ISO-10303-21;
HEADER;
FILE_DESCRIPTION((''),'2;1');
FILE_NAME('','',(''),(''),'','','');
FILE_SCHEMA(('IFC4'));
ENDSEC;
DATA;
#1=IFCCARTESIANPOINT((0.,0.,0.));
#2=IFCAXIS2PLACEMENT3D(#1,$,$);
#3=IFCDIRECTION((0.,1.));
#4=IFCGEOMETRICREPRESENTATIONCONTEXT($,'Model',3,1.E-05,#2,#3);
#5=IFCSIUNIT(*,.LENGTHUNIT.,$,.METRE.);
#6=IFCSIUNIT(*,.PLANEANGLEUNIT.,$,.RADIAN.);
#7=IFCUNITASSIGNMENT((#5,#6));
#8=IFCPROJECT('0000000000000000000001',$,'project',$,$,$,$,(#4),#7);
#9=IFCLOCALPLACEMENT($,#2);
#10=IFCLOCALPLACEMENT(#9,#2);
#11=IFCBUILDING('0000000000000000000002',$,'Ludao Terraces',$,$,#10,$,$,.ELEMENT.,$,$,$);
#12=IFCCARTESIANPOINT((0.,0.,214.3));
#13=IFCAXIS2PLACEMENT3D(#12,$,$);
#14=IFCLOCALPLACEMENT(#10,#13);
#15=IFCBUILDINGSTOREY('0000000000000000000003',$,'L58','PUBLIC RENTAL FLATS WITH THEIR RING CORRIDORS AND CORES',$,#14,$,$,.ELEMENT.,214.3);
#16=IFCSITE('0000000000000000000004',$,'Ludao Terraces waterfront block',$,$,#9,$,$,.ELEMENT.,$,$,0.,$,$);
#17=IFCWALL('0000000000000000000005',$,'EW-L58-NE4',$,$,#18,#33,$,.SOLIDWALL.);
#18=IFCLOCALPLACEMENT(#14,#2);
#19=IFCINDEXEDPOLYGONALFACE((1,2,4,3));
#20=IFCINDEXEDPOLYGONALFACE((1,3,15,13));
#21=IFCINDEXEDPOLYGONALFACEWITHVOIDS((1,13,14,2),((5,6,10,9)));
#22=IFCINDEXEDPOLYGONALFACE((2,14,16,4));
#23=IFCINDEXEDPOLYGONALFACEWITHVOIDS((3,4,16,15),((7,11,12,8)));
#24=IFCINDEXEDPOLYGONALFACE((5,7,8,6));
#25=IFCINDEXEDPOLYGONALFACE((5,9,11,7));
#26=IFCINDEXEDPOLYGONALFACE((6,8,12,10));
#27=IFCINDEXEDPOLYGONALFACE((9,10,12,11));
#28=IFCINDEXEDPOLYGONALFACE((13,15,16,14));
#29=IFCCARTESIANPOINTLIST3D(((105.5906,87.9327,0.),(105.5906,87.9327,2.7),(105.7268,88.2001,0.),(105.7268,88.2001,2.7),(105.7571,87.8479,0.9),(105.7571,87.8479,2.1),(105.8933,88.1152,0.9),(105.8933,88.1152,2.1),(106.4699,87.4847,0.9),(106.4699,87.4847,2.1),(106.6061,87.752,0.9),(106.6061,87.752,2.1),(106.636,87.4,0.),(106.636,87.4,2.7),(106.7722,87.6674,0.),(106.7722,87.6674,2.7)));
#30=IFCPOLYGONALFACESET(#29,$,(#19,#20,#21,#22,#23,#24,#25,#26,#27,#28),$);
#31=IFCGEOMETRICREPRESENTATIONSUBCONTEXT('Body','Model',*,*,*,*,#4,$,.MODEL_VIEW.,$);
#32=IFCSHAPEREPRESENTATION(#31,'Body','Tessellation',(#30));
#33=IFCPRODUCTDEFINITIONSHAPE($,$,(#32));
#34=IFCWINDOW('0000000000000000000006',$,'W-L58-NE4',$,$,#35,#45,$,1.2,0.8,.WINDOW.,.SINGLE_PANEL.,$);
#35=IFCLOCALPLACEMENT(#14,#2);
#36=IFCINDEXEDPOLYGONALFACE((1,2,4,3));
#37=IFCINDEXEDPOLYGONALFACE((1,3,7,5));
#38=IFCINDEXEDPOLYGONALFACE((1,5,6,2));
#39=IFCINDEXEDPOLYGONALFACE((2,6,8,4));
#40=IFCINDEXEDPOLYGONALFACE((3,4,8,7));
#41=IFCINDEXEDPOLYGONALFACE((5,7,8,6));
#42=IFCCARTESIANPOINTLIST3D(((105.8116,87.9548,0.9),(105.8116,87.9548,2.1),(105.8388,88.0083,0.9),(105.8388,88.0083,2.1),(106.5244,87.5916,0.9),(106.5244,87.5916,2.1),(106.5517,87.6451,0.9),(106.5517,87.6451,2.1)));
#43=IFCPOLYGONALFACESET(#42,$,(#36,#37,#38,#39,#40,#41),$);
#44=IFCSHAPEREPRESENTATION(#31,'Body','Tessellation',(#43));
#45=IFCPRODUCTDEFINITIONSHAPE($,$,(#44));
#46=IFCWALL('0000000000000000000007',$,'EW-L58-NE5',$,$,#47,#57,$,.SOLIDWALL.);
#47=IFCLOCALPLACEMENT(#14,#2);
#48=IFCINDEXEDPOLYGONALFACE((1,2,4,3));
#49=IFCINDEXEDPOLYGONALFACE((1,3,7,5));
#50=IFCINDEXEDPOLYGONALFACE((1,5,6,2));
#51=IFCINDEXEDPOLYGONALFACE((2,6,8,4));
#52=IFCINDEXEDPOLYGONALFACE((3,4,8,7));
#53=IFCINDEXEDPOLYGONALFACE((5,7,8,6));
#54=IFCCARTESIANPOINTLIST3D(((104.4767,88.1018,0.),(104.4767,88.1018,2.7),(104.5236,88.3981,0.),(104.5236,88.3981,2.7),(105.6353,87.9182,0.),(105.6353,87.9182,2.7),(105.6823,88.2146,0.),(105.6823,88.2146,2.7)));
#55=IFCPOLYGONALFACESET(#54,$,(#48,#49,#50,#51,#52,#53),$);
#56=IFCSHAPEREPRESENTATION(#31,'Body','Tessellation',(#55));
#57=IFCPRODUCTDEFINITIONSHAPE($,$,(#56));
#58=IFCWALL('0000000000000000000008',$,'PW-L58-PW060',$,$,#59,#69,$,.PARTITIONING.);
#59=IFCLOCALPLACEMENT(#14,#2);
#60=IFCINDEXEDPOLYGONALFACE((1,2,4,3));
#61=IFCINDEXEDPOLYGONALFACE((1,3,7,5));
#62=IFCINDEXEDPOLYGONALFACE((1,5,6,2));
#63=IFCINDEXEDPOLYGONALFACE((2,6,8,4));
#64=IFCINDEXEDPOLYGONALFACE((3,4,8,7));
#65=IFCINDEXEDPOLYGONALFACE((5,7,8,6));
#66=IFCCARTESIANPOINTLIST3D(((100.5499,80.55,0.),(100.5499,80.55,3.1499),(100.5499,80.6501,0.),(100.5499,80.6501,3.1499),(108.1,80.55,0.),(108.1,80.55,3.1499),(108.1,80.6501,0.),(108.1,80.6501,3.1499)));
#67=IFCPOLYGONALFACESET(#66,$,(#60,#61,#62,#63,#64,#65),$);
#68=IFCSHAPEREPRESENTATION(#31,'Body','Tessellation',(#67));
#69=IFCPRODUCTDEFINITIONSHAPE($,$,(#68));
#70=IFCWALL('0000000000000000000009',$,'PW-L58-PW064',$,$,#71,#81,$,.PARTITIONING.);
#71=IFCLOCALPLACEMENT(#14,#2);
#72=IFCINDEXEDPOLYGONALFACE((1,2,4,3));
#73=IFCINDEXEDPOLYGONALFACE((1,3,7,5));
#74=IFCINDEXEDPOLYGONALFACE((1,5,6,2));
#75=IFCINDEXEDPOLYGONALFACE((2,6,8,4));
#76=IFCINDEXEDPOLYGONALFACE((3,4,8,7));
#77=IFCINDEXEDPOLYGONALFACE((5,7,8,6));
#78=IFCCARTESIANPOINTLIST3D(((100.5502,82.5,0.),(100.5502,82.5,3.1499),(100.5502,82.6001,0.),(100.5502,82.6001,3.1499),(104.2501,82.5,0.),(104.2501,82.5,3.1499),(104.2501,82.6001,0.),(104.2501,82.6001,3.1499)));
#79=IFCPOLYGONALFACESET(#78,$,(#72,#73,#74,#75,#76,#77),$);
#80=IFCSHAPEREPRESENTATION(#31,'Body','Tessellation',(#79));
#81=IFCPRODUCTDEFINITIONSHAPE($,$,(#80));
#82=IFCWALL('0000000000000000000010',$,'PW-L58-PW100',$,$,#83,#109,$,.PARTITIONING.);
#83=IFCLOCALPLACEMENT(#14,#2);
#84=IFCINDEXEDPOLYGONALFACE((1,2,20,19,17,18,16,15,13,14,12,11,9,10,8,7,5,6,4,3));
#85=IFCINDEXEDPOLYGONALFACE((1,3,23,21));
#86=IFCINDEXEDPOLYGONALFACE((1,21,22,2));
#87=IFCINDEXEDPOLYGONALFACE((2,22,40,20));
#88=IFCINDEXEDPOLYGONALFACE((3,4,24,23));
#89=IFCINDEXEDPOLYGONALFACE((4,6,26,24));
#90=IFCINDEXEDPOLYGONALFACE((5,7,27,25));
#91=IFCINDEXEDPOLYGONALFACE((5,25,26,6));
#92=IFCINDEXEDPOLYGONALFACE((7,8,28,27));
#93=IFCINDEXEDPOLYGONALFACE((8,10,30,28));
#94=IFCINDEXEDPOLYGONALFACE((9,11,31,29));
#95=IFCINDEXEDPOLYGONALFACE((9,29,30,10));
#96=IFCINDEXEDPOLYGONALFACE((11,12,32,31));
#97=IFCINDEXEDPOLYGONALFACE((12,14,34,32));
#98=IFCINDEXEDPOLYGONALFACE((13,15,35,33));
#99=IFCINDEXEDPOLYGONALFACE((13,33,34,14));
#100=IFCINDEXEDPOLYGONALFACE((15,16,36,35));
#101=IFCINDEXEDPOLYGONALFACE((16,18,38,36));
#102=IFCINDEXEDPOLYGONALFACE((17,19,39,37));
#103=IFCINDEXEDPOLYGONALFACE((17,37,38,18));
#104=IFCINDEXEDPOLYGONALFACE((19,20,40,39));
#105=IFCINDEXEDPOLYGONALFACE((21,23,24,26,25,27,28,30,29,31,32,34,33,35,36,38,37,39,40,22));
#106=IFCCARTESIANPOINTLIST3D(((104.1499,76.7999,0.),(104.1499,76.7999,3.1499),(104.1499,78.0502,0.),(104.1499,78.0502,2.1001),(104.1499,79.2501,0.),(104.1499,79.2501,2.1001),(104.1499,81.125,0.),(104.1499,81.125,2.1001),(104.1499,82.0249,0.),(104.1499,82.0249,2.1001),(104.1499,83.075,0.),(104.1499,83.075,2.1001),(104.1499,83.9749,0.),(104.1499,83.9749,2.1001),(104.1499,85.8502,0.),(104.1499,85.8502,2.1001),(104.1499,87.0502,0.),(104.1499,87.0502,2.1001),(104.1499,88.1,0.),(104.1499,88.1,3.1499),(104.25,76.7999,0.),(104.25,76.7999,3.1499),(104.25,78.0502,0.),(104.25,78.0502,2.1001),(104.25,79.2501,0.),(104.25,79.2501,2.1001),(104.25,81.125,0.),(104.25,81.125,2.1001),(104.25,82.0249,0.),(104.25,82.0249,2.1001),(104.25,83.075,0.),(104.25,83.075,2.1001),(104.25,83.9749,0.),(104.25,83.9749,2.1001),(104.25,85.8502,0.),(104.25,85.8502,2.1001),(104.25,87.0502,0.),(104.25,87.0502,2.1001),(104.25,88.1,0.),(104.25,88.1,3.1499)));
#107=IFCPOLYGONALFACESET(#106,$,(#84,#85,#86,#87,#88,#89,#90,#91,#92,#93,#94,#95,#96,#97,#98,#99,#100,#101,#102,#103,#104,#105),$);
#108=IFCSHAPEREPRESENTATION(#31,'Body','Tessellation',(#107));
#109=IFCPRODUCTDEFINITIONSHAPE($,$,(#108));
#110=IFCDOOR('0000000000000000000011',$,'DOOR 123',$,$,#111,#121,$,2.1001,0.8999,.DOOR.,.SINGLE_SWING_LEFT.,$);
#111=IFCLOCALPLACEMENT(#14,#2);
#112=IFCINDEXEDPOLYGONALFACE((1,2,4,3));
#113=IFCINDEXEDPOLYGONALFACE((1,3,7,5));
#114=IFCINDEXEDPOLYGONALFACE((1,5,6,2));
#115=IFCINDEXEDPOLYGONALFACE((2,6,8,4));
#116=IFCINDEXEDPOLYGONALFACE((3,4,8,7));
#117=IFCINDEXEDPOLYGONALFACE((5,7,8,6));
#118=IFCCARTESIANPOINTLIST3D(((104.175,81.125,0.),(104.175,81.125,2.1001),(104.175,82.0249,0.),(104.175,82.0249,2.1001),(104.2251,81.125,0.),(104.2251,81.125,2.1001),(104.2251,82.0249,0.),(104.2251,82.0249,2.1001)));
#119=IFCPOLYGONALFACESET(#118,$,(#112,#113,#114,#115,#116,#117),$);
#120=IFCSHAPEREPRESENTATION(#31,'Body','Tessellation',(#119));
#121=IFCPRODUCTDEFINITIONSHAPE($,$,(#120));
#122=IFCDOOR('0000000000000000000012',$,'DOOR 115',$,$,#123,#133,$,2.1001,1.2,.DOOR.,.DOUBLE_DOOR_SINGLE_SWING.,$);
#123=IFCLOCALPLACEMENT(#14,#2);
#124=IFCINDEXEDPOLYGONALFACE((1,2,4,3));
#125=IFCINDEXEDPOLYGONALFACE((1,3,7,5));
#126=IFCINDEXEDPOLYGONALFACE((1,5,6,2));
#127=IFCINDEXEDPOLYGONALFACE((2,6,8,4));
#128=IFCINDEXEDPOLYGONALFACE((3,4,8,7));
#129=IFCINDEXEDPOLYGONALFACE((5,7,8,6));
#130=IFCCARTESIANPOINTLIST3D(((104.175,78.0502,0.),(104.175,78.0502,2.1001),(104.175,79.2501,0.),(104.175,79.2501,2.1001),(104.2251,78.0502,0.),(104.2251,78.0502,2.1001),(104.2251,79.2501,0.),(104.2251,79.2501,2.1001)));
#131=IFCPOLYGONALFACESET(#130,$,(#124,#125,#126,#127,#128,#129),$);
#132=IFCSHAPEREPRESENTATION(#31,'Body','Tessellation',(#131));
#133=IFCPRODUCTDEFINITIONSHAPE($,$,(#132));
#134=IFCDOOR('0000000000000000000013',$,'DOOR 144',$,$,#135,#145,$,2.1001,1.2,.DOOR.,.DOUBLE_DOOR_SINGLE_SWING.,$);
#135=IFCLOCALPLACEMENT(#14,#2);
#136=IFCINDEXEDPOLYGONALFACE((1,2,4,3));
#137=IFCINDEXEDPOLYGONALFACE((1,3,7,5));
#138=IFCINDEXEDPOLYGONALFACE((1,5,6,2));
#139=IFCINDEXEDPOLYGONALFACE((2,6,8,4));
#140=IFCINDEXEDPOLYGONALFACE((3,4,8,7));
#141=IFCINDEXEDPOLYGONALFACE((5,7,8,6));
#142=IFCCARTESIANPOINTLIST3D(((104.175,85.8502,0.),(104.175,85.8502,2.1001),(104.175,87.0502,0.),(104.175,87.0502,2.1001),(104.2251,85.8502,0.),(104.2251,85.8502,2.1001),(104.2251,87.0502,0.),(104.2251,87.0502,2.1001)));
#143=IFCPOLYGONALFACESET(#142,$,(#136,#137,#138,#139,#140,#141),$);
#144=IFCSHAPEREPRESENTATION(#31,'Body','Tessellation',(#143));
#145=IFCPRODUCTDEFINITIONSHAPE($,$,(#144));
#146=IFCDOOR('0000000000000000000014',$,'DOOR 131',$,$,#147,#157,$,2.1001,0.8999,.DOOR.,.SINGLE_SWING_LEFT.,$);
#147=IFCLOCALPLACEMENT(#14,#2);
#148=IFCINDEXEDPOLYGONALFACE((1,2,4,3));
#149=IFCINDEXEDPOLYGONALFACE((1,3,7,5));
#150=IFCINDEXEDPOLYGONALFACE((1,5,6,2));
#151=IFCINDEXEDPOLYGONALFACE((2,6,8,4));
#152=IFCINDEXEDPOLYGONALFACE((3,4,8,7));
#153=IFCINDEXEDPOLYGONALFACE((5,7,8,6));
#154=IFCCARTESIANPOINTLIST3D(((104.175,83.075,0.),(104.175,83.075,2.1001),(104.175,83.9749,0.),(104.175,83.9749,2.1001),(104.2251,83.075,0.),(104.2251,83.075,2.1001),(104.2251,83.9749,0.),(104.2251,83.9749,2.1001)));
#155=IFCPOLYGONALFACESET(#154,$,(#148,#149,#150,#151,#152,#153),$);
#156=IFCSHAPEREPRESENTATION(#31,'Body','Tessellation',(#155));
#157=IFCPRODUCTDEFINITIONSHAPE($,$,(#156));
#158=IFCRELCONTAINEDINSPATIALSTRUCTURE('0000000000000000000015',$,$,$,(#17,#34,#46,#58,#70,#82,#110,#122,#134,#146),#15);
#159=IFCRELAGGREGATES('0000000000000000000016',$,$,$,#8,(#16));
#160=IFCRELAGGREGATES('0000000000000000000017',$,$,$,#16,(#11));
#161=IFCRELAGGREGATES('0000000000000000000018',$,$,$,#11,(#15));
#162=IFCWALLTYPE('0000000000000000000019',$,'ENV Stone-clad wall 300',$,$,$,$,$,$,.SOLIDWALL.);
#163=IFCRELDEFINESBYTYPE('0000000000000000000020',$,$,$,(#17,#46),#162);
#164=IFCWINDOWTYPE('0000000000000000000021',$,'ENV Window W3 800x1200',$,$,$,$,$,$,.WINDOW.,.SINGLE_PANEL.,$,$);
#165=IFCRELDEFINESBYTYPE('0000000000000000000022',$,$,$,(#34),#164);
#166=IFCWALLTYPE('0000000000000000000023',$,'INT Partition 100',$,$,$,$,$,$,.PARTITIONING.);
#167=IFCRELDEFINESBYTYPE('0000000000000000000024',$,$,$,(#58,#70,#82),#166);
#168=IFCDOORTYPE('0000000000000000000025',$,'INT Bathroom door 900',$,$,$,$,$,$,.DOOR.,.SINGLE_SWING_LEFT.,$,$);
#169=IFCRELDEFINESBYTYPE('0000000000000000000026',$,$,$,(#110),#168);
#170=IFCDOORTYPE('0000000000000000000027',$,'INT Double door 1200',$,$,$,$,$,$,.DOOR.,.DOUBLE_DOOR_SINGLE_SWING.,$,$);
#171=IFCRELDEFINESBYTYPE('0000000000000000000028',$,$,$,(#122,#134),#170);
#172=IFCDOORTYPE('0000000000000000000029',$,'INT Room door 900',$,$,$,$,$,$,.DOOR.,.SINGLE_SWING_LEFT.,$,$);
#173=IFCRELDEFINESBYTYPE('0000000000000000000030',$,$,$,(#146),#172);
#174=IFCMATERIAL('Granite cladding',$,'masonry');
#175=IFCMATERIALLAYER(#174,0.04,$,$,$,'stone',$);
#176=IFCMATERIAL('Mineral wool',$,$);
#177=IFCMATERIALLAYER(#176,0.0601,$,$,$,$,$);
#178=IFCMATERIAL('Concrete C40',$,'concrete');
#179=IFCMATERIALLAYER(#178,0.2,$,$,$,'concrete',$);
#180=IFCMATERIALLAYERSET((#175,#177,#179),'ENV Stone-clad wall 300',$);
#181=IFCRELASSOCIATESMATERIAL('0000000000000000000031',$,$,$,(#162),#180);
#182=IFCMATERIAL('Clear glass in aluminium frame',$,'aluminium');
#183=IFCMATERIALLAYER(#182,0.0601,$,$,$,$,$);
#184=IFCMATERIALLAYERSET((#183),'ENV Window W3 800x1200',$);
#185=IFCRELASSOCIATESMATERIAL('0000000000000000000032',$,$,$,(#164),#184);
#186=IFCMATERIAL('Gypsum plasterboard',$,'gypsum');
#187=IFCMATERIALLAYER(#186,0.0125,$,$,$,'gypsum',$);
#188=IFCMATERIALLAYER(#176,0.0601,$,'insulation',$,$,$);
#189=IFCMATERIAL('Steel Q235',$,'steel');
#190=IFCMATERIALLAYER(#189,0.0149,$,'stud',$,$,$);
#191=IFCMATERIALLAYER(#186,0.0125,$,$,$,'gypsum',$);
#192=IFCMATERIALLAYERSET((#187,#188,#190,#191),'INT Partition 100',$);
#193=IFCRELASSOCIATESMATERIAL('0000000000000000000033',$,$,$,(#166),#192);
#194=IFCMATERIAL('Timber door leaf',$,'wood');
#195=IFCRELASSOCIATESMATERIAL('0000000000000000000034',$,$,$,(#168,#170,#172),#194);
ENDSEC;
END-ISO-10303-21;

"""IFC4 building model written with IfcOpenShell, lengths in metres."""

from ifc_helpers import new_model, si_unit, direction, frame, frame_2d, origin, place, context, subcontext, project, spatial, rectangle, extrude, material, layer, layer_set, type_object, element, fill, save


model = new_model("IFC4")

# Units and contexts
model_context = context("Model", 3, precision=1e-05, world=origin(), true_north=direction((0.0, 1.0)))
body_context = subcontext(model_context, "Body", "Model", "MODEL_VIEW")
ifc_project = project(units=[si_unit("LENGTHUNIT", "METRE"), si_unit("PLANEANGLEUNIT", "RADIAN")], contexts=[model_context])

# Site, building, storey
site_placement = place(None, origin())
site = spatial("IfcSite", under=ifc_project, at=site_placement, Name="Ludao Terraces waterfront block", CompositionType="ELEMENT", RefElevation=0.0)
building_placement = place(site_placement, origin())
building = spatial("IfcBuilding", under=site, at=building_placement, Name="Ludao Terraces", CompositionType="ELEMENT")
storey_placement = place(building_placement, frame((0.0, 0.0, 214.3)))
storey = spatial("IfcBuildingStorey", under=building, at=storey_placement, Name="L58", Description="PUBLIC RENTAL FLATS WITH THEIR RING CORRIDORS AND CORES", CompositionType="ELEMENT", Elevation=214.3)

# Shared definitions
ifc_material_1 = material(Name="Granite cladding", Category="masonry")
ifc_layer_1 = layer(ifc_material_1, 0.04, Category="stone")
ifc_material_2 = material(Name="Mineral wool")
ifc_layer_2 = layer(ifc_material_2, 0.0601)
ifc_material_3 = material(Name="Concrete C40", Category="concrete")
ifc_layer_3 = layer(ifc_material_3, 0.2, Category="concrete")
ifc_layer_set_1 = layer_set([ifc_layer_1, ifc_layer_2, ifc_layer_3], Name="ENV Stone-clad wall 300")
wall_type_1 = type_object("IfcWallType", Name="ENV Stone-clad wall 300", PredefinedType="SOLIDWALL", material=ifc_layer_set_1)
ifc_material_4 = material(Name="Clear glass in aluminium frame", Category="aluminium")

# Wall, opening, window
ifc_layer_4 = layer(ifc_material_4, 0.0601)
ifc_layer_set_2 = layer_set([ifc_layer_4], Name="ENV Window W3 800x1200")
window_type_1 = type_object("IfcWindowType", Name="ENV Window W3 800x1200", PartitioningType="SINGLE_PANEL", PredefinedType="WINDOW", material=ifc_layer_set_2)
wall_1_placement = place(storey_placement, frame((106.7041, 87.5337, 0.0), z_axis=(0.0, 0.0, 1.0), x_axis=(-0.890989, 0.454026, 0.0)))
wall_1 = element("IfcWall", 1, at=wall_1_placement, inside=storey, type_object=wall_type_1, Name="EW-L58-NE4", PredefinedType="SOLIDWALL", context=body_context, shape_type="SweptSolid", body=[
    extrude(rectangle(XDim=1.1733, YDim=0.3, at=frame_2d((0.5867, 0.0))), origin(), (0.0, 0.0, 1.0), 2.7),
])
opening_1_placement = place(wall_1_placement, frame((0.1865, 0.0, 0.8999)))
opening_1 = element("IfcOpeningElement", 2, at=opening_1_placement, cuts=wall_1, PredefinedType="OPENING", context=body_context, shape_type="SweptSolid", body=[
    extrude(rectangle(XDim=0.8, YDim=1.2, at=frame_2d((0.3999, 0.6001))), frame((0.0, 0.1602, 0.0), z_axis=(0.0, -1.0, 0.0), x_axis=(1.0, 0.0, 0.0)), (0.0, 0.0, 1.0), 0.3201),
])
window_1_placement = place(opening_1_placement, origin())
window_1 = element("IfcWindow", 3, at=window_1_placement, inside=storey, type_object=window_type_1, Name="W-L58-NE4", OverallHeight=1.2, OverallWidth=0.8, PartitioningType="SINGLE_PANEL", PredefinedType="WINDOW", context=body_context, shape_type="SweptSolid", body=[
    extrude(rectangle(XDim=0.8, YDim=1.2, at=frame_2d((0.3999, 0.6001))), frame((0.0, 0.03, 0.0), z_axis=(0.0, -1.0, 0.0), x_axis=(1.0, 0.0, 0.0)), (0.0, 0.0, 1.0), 0.0601),
])
fill(opening_1, window_1)

# Walls
wall_2_placement = place(storey_placement, frame((105.6587, 88.0664, 0.0), z_axis=(0.0, 0.0, 1.0), x_axis=(-0.987678, 0.156497, 0.0)))
element("IfcWall", 4, at=wall_2_placement, inside=storey, type_object=wall_type_1, Name="EW-L58-NE5", PredefinedType="SOLIDWALL", context=body_context, shape_type="SweptSolid", body=[
    extrude(rectangle(XDim=1.1731, YDim=0.3, at=frame_2d((0.5864, 0.0))), origin(), (0.0, 0.0, 1.0), 2.7),
])
ifc_material_5 = material(Name="Gypsum plasterboard", Category="gypsum")
ifc_layer_5 = layer(ifc_material_5, 0.0125, Category="gypsum")
ifc_layer_6 = layer(ifc_material_2, 0.0601, Name="insulation")
ifc_material_6 = material(Name="Steel Q235", Category="steel")
ifc_layer_7 = layer(ifc_material_6, 0.0149, Name="stud")
ifc_layer_8 = layer(ifc_material_5, 0.0125, Category="gypsum")
ifc_layer_set_3 = layer_set([ifc_layer_5, ifc_layer_6, ifc_layer_7, ifc_layer_8], Name="INT Partition 100")
wall_type_2 = type_object("IfcWallType", Name="INT Partition 100", PredefinedType="PARTITIONING", material=ifc_layer_set_3)
wall_3_placement = place(storey_placement, frame((100.55, 80.6001, 0.0), z_axis=(0.0, 0.0, 1.0), x_axis=(1.0, 0.0, 0.0)))
element("IfcWall", 5, at=wall_3_placement, inside=storey, type_object=wall_type_2, Name="PW-L58-PW060", PredefinedType="PARTITIONING", context=body_context, shape_type="SweptSolid", body=[
    extrude(rectangle(XDim=7.55, YDim=0.1001, at=frame_2d((3.7749, 0.0))), origin(), (0.0, 0.0, 1.0), 3.1499),
])
wall_4_placement = place(storey_placement, frame((100.55, 82.55, 0.0), z_axis=(0.0, 0.0, 1.0), x_axis=(1.0, 0.0, 0.0)))
element("IfcWall", 6, at=wall_4_placement, inside=storey, type_object=wall_type_2, Name="PW-L58-PW064", PredefinedType="PARTITIONING", context=body_context, shape_type="SweptSolid", body=[
    extrude(rectangle(XDim=3.7, YDim=0.1001, at=frame_2d((1.8501, 0.0))), origin(), (0.0, 0.0, 1.0), 3.1499),
])

# Wall, openings, doors
wall_5_placement = place(storey_placement, frame((104.2, 76.8, 0.0), z_axis=(0.0, 0.0, 1.0), x_axis=(0.0, 1.0, 0.0)))
wall_5 = element("IfcWall", 7, at=wall_5_placement, inside=storey, type_object=wall_type_2, Name="PW-L58-PW100", PredefinedType="PARTITIONING", context=body_context, shape_type="SweptSolid", body=[
    extrude(rectangle(XDim=11.3, YDim=0.1001, at=frame_2d((5.6499, 0.0))), origin(), (0.0, 0.0, 1.0), 3.1499),
])
opening_2_placement = place(wall_5_placement, frame((1.25, 0.0, 0.0)))
opening_2 = element("IfcOpeningElement", 8, at=opening_2_placement, cuts=wall_5, PredefinedType="OPENING", context=body_context, shape_type="SweptSolid", body=[
    extrude(rectangle(XDim=1.2, YDim=2.1001, at=frame_2d((0.6001, 1.05))), frame((0.0, 0.0601, 0.0), z_axis=(0.0, -1.0, 0.0), x_axis=(1.0, 0.0, 0.0)), (0.0, 0.0, 1.0), 0.1201),
])
opening_3_placement = place(wall_5_placement, frame((4.325, 0.0, 0.0)))
opening_3 = element("IfcOpeningElement", 9, at=opening_3_placement, cuts=wall_5, PredefinedType="OPENING", context=body_context, shape_type="SweptSolid", body=[
    extrude(rectangle(XDim=0.8999, YDim=2.1001, at=frame_2d((0.45, 1.05))), frame((0.0, 0.0601, 0.0), z_axis=(0.0, -1.0, 0.0), x_axis=(1.0, 0.0, 0.0)), (0.0, 0.0, 1.0), 0.1201),
])
opening_4_placement = place(wall_5_placement, frame((6.2749, 0.0, 0.0)))
opening_4 = element("IfcOpeningElement", 10, at=opening_4_placement, cuts=wall_5, PredefinedType="OPENING", context=body_context, shape_type="SweptSolid", body=[
    extrude(rectangle(XDim=0.8999, YDim=2.1001, at=frame_2d((0.45, 1.05))), frame((0.0, 0.0601, 0.0), z_axis=(0.0, -1.0, 0.0), x_axis=(1.0, 0.0, 0.0)), (0.0, 0.0, 1.0), 0.1201),
])
opening_5_placement = place(wall_5_placement, frame((9.05, 0.0, 0.0)))
opening_5 = element("IfcOpeningElement", 11, at=opening_5_placement, cuts=wall_5, PredefinedType="OPENING", context=body_context, shape_type="SweptSolid", body=[
    extrude(rectangle(XDim=1.2, YDim=2.1001, at=frame_2d((0.6001, 1.05))), frame((0.0, 0.0601, 0.0), z_axis=(0.0, -1.0, 0.0), x_axis=(1.0, 0.0, 0.0)), (0.0, 0.0, 1.0), 0.1201),
])
ifc_material_7 = material(Name="Timber door leaf", Category="wood")
door_type_1 = type_object("IfcDoorType", Name="INT Bathroom door 900", OperationType="SINGLE_SWING_LEFT", PredefinedType="DOOR", material=ifc_material_7)
door_1_placement = place(opening_3_placement, origin())
door_1 = element("IfcDoor", 12, at=door_1_placement, inside=storey, type_object=door_type_1, Name="DOOR 123", OperationType="SINGLE_SWING_LEFT", OverallHeight=2.1001, OverallWidth=0.8999, PredefinedType="DOOR", context=body_context, shape_type="SweptSolid", body=[
    extrude(rectangle(XDim=0.8999, YDim=2.1001, at=frame_2d((0.45, 1.05))), frame((0.0, 0.0249, 0.0), z_axis=(0.0, -1.0, 0.0), x_axis=(1.0, 0.0, 0.0)), (0.0, 0.0, 1.0), 0.05),
])
fill(opening_3, door_1)
door_type_2 = type_object("IfcDoorType", Name="INT Double door 1200", OperationType="DOUBLE_DOOR_SINGLE_SWING", PredefinedType="DOOR", material=ifc_material_7)
door_2_placement = place(opening_2_placement, origin())
door_2 = element("IfcDoor", 13, at=door_2_placement, inside=storey, type_object=door_type_2, Name="DOOR 115", OperationType="DOUBLE_DOOR_SINGLE_SWING", OverallHeight=2.1001, OverallWidth=1.2, PredefinedType="DOOR", context=body_context, shape_type="SweptSolid", body=[
    extrude(rectangle(XDim=1.2, YDim=2.1001, at=frame_2d((0.6001, 1.05))), frame((0.0, 0.0249, 0.0), z_axis=(0.0, -1.0, 0.0), x_axis=(1.0, 0.0, 0.0)), (0.0, 0.0, 1.0), 0.05),
])
fill(opening_2, door_2)
door_3_placement = place(opening_5_placement, origin())
door_3 = element("IfcDoor", 14, at=door_3_placement, inside=storey, type_object=door_type_2, Name="DOOR 144", OperationType="DOUBLE_DOOR_SINGLE_SWING", OverallHeight=2.1001, OverallWidth=1.2, PredefinedType="DOOR", context=body_context, shape_type="SweptSolid", body=[
    extrude(rectangle(XDim=1.2, YDim=2.1001, at=frame_2d((0.6001, 1.05))), frame((0.0, 0.0249, 0.0), z_axis=(0.0, -1.0, 0.0), x_axis=(1.0, 0.0, 0.0)), (0.0, 0.0, 1.0), 0.05),
])
fill(opening_5, door_3)
door_type_3 = type_object("IfcDoorType", Name="INT Room door 900", OperationType="SINGLE_SWING_LEFT", PredefinedType="DOOR", material=ifc_material_7)
door_4_placement = place(opening_4_placement, origin())
door_4 = element("IfcDoor", 15, at=door_4_placement, inside=storey, type_object=door_type_3, Name="DOOR 131", OperationType="SINGLE_SWING_LEFT", OverallHeight=2.1001, OverallWidth=0.8999, PredefinedType="DOOR", context=body_context, shape_type="SweptSolid", body=[
    extrude(rectangle(XDim=0.8999, YDim=2.1001, at=frame_2d((0.45, 1.05))), frame((0.0, 0.0249, 0.0), z_axis=(0.0, -1.0, 0.0), x_axis=(1.0, 0.0, 0.0)), (0.0, 0.0, 1.0), 0.05),
])
fill(opening_4, door_4)

save(model, "model.ifc")
